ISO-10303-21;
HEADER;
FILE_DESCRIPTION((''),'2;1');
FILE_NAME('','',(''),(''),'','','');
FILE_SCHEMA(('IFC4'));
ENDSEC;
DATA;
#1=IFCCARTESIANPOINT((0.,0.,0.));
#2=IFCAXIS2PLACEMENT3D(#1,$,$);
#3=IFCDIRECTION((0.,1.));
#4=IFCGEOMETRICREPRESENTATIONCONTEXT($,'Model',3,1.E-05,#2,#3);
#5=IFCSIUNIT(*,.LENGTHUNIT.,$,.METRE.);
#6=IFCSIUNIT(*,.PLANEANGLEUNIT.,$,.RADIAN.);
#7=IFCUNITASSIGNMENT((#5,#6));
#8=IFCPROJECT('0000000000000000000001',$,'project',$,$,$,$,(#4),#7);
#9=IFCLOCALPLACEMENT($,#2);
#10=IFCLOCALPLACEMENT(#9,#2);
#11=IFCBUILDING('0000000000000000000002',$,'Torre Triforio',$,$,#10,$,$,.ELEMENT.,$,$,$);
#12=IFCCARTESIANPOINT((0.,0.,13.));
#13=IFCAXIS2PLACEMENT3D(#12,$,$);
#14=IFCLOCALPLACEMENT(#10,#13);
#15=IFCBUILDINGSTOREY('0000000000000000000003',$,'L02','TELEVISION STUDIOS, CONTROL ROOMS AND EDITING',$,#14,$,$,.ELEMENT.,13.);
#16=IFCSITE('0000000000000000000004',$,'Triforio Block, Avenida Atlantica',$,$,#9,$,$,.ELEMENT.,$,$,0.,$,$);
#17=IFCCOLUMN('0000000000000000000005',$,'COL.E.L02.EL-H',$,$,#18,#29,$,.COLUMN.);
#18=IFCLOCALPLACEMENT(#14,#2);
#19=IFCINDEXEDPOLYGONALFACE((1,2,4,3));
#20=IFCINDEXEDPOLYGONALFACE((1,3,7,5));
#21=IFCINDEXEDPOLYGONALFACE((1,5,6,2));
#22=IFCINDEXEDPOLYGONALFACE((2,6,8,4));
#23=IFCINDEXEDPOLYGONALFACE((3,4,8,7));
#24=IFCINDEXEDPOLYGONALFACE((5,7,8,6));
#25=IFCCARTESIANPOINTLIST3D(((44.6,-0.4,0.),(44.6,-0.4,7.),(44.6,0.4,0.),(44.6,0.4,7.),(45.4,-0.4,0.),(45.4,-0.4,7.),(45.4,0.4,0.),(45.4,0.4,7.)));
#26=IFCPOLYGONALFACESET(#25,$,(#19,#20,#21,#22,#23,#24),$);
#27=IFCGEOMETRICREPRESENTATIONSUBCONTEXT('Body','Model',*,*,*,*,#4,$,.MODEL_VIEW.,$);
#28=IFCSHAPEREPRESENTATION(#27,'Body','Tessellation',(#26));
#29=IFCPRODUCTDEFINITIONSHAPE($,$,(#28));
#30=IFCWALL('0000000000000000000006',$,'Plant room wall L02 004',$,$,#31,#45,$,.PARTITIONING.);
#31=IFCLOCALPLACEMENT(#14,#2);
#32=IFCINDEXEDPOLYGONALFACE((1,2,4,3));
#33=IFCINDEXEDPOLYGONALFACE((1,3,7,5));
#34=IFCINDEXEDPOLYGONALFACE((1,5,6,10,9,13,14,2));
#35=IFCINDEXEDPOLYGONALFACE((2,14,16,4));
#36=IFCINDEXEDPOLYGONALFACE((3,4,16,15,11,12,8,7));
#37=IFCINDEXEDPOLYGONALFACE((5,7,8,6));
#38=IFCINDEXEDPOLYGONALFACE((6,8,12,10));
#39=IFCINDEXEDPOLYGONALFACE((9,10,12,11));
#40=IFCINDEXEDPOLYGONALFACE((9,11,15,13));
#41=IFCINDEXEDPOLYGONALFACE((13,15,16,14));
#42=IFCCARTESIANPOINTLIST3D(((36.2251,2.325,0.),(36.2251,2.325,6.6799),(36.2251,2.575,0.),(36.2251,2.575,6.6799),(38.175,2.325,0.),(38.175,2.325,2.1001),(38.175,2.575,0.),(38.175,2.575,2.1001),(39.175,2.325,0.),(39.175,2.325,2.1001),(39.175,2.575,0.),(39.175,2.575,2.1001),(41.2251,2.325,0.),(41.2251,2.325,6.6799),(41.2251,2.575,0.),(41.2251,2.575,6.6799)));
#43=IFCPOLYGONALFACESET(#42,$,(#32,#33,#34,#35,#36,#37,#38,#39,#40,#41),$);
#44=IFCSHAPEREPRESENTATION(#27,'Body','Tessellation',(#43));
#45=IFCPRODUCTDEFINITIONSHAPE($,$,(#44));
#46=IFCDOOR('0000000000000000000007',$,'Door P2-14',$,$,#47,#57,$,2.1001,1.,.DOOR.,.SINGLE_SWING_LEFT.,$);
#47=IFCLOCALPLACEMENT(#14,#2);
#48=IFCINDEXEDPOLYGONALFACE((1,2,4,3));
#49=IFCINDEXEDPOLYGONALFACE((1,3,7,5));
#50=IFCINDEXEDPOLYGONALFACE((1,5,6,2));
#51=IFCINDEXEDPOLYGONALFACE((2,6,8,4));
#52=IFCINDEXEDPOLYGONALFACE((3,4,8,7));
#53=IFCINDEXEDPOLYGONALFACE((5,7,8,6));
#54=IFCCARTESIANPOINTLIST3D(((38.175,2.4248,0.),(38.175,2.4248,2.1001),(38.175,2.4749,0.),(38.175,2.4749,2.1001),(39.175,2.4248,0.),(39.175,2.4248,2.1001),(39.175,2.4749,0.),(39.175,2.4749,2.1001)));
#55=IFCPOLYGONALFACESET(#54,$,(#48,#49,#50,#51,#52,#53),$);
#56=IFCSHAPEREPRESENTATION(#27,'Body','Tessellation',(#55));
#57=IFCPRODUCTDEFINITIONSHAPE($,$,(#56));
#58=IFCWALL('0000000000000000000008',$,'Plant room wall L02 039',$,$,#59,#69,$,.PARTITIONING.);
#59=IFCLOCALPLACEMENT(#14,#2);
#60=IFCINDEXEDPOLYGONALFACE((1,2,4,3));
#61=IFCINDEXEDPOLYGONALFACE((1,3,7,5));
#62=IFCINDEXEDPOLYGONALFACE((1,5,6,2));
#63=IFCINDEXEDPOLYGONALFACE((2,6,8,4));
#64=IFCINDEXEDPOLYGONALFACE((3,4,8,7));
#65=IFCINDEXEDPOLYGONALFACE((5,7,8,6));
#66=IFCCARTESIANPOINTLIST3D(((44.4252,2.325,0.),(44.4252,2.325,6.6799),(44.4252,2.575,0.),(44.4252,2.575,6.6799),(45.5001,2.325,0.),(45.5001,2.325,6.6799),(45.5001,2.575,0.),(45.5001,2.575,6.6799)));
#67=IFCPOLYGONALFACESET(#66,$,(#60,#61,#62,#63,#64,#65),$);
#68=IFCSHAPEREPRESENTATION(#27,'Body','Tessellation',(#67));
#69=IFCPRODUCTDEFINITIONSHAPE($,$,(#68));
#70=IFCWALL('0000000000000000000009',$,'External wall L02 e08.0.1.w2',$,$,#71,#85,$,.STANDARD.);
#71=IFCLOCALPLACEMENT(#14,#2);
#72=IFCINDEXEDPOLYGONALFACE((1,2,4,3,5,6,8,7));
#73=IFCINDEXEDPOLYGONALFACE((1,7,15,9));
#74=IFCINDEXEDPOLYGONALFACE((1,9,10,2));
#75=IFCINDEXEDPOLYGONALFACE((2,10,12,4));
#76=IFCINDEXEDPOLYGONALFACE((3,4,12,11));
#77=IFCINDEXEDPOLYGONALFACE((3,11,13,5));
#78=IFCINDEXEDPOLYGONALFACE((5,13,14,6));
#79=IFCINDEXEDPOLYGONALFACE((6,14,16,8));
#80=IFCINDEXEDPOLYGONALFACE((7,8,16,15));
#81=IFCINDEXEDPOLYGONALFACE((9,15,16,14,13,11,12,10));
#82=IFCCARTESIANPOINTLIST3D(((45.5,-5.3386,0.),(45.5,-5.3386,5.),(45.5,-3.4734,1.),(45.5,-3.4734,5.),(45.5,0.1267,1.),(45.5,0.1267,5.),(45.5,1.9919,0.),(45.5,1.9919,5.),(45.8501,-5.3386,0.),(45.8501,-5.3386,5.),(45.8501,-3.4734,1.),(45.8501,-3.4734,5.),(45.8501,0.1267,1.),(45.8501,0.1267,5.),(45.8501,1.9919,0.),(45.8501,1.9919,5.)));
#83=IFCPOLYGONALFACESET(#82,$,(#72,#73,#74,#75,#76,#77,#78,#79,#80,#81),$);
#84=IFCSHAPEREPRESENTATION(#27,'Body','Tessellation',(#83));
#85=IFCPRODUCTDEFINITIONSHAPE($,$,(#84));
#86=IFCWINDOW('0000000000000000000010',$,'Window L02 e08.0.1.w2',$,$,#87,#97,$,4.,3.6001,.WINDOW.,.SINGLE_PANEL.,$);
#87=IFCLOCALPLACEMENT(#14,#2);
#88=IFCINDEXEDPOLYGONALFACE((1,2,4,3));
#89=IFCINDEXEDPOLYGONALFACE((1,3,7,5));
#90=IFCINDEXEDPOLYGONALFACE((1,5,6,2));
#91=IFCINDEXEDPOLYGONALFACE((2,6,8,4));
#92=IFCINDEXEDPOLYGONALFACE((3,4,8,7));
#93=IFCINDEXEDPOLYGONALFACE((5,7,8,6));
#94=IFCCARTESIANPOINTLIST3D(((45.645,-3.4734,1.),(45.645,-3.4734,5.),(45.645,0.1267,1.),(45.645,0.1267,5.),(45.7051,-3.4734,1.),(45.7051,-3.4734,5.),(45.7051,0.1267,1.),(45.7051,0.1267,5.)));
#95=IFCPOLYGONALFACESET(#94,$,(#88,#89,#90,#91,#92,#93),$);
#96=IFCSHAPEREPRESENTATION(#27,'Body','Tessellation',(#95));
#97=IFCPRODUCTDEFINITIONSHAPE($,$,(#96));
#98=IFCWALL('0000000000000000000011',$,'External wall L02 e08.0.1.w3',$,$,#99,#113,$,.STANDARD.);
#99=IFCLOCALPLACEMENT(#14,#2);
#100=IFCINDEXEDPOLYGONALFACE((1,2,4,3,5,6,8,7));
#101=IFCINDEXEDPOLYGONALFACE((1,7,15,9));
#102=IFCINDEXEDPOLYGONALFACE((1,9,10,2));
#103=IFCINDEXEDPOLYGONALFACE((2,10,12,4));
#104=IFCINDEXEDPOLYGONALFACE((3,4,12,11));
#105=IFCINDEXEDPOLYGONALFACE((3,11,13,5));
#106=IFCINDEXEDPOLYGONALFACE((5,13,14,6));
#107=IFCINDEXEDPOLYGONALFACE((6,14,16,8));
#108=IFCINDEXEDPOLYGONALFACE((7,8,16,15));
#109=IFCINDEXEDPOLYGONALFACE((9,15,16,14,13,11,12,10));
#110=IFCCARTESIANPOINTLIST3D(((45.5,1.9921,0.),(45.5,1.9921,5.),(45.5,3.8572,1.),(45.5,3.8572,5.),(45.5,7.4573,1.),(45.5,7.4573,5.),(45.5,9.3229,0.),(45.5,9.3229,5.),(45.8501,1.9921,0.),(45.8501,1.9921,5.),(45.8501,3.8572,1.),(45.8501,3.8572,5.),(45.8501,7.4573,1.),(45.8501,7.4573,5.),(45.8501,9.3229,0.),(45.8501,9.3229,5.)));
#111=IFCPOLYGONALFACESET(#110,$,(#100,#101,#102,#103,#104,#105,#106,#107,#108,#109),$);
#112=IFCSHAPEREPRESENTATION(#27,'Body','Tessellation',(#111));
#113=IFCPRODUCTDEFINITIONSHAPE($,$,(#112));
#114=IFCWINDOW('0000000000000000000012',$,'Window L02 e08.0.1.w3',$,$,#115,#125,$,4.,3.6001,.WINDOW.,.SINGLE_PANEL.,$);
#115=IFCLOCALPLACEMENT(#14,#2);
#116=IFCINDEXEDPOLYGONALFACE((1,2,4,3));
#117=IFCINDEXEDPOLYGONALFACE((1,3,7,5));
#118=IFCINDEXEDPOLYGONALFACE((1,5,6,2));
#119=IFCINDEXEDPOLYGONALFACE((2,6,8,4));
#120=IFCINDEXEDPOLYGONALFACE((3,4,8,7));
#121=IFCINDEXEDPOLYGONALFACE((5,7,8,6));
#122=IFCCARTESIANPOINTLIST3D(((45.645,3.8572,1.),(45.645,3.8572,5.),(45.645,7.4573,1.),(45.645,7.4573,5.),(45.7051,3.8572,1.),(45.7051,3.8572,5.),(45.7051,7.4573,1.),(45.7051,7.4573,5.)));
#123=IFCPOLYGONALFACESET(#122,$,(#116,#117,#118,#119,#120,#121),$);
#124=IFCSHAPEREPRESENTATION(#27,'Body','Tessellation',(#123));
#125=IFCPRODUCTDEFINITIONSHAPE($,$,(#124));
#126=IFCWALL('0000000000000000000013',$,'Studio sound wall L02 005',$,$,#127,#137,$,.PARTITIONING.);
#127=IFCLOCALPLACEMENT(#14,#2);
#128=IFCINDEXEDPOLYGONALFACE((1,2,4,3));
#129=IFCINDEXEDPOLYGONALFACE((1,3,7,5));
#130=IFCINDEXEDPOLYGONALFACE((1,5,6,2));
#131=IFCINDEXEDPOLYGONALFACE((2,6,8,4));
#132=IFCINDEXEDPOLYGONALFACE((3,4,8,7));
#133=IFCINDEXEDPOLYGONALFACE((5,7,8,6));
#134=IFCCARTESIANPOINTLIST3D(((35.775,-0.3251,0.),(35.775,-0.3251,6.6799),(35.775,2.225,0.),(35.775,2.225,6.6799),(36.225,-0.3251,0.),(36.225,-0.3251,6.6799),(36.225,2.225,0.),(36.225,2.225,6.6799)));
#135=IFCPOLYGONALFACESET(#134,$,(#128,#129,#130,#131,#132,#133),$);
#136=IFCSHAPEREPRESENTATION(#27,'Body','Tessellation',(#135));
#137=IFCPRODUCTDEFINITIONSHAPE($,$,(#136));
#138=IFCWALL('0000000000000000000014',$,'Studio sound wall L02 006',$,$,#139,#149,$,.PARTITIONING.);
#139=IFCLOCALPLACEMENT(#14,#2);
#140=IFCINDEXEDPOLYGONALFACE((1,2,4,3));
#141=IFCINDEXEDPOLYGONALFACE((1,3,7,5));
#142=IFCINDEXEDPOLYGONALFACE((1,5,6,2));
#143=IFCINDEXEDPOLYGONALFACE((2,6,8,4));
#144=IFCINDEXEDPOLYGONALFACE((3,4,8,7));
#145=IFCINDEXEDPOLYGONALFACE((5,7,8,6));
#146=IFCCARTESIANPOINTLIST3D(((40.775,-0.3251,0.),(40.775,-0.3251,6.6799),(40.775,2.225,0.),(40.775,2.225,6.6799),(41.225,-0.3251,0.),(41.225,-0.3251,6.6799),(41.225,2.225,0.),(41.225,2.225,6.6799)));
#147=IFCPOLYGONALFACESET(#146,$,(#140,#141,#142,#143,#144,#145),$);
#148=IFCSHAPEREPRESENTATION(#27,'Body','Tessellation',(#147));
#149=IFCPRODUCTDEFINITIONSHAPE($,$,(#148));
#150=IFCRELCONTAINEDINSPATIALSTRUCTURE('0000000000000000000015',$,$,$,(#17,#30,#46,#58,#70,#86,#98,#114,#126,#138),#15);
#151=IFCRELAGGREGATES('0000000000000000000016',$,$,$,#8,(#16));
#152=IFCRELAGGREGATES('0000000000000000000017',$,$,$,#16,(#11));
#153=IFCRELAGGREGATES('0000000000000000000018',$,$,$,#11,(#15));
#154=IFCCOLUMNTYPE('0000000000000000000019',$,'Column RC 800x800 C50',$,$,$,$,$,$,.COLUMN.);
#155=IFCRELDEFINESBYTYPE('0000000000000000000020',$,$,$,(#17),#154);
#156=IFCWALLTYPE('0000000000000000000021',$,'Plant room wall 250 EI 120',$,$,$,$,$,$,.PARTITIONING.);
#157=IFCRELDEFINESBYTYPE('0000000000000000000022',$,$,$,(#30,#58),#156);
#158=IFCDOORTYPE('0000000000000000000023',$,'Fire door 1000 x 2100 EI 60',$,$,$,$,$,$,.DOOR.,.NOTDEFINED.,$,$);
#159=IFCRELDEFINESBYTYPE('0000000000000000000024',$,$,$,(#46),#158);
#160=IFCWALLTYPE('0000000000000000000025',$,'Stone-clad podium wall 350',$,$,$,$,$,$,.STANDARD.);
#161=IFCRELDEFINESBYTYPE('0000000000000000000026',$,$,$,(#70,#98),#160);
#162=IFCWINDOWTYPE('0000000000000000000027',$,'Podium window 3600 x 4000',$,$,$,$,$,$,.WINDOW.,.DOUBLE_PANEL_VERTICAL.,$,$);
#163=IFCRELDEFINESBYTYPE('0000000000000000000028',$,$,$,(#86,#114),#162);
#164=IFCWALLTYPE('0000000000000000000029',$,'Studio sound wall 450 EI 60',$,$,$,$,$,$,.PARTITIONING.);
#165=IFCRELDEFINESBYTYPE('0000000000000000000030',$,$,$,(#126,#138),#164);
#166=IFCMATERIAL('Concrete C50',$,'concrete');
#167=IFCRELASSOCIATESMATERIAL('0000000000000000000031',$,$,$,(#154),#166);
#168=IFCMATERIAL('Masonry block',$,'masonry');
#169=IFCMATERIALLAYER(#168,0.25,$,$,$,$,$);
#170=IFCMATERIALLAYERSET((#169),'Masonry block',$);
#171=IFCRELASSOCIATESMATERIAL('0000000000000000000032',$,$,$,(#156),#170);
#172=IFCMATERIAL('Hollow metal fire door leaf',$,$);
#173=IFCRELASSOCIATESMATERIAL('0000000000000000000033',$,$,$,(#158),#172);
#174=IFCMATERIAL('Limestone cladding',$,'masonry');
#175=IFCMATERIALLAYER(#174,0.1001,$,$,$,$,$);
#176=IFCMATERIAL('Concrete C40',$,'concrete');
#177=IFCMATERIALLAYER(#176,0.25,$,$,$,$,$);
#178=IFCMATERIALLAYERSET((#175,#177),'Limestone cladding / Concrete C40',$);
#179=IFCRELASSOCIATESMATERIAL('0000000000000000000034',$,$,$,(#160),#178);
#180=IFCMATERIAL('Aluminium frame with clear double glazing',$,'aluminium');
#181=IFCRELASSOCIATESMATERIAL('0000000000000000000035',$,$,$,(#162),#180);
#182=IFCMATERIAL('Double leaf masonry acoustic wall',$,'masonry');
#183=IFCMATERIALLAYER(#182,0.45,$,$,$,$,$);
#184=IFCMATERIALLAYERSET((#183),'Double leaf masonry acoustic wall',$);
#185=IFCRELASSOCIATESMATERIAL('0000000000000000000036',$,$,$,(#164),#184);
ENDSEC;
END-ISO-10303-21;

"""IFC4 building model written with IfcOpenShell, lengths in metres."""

from ifc_helpers import new_model, si_unit, direction, frame, frame_2d, origin, origin_2d, place, context, subcontext, project, spatial, rectangle, extrude, material, layer, layer_set, material_profile, profile_set, type_object, element, fill, save


model = new_model("IFC4")

# Units and contexts
model_context = context("Model", 3, precision=1e-05, world=origin(), true_north=direction((0.0, 1.0)))
body_context = subcontext(model_context, "Body", "Model", "MODEL_VIEW")
ifc_project = project(units=[si_unit("LENGTHUNIT", "METRE"), si_unit("PLANEANGLEUNIT", "RADIAN")], contexts=[model_context])

# Site, building, storey
site_placement = place(None, origin())
site = spatial("IfcSite", under=ifc_project, at=site_placement, Name="Triforio Block, Avenida Atlantica", CompositionType="ELEMENT", RefElevation=0.0)
building_placement = place(site_placement, origin())
building = spatial("IfcBuilding", under=site, at=building_placement, Name="Torre Triforio", CompositionType="ELEMENT")
storey_placement = place(building_placement, frame((0.0, 0.0, 13.0)))
storey = spatial("IfcBuildingStorey", under=building, at=storey_placement, Name="L02", Description="TELEVISION STUDIOS, CONTROL ROOMS AND EDITING", CompositionType="ELEMENT", Elevation=13.0)

# Column
ifc_material_1 = material(Name="Concrete C50", Category="concrete")
ifc_material_profile = material_profile(ifc_material_1, rectangle(XDim=0.8, YDim=0.8, at=origin_2d()), Name="RC 800x800")
ifc_profile_set = profile_set([ifc_material_profile], Name="Concrete C50")
column_type = type_object("IfcColumnType", Name="Column RC 800x800 C50", PredefinedType="COLUMN", material=ifc_profile_set)
column_placement = place(storey_placement, frame((45.0, 0.0, 0.0), z_axis=(0.0, 0.0, 1.0), x_axis=(1.0, 0.0, 0.0)))
element("IfcColumn", 1, at=column_placement, inside=storey, type_object=column_type, Name="COL.E.L02.EL-H", PredefinedType="COLUMN", context=body_context, shape_type="SweptSolid", body=[
    extrude(rectangle(XDim=0.8, YDim=0.8, at=origin_2d()), origin(), (0.0, 0.0, 1.0), 7.0),
])

# Wall, opening, door
ifc_material_2 = material(Name="Masonry block", Category="masonry")
ifc_layer_1 = layer(ifc_material_2, 0.25)
ifc_layer_set_1 = layer_set([ifc_layer_1], Name="Masonry block")
wall_type_1 = type_object("IfcWallType", Name="Plant room wall 250 EI 120", PredefinedType="PARTITIONING", material=ifc_layer_set_1)
wall_1_placement = place(storey_placement, frame((36.2251, 2.45, 0.0), z_axis=(0.0, 0.0, 1.0), x_axis=(1.0, 0.0, 0.0)))
wall_1 = element("IfcWall", 2, at=wall_1_placement, inside=storey, type_object=wall_type_1, Name="Plant room wall L02 004", PredefinedType="PARTITIONING", context=body_context, shape_type="SweptSolid", body=[
    extrude(rectangle(XDim=5.0, YDim=0.25, at=frame_2d((2.5, 0.0))), origin(), (0.0, 0.0, 1.0), 6.6799),
])
opening_1_placement = place(wall_1_placement, frame((1.95, 0.0, 0.0)))
opening_1 = element("IfcOpeningElement", 3, at=opening_1_placement, cuts=wall_1, PredefinedType="OPENING", context=body_context, shape_type="SweptSolid", body=[
    extrude(rectangle(XDim=1.0, YDim=2.1001, at=frame_2d((0.5, 1.05))), frame((0.0, 0.135, 0.0), z_axis=(0.0, -1.0, 0.0), x_axis=(1.0, 0.0, 0.0)), (0.0, 0.0, 1.0), 0.27),
])
ifc_material_3 = material(Name="Hollow metal fire door leaf")
door_type_1 = type_object("IfcDoorType", Name="Fire door 1000 x 2100 EI 60", OperationType="NOTDEFINED", PredefinedType="DOOR", material=ifc_material_3)
door_1_placement = place(opening_1_placement, origin())
door_1 = element("IfcDoor", 4, at=door_1_placement, inside=storey, type_object=door_type_1, Name="Door P2-14", OperationType="SINGLE_SWING_LEFT", OverallHeight=2.1001, OverallWidth=1.0, PredefinedType="DOOR", context=body_context, shape_type="SweptSolid", body=[
    extrude(rectangle(XDim=1.0, YDim=2.1001, at=frame_2d((0.5, 1.05))), frame((0.0, 0.0249, 0.0), z_axis=(0.0, -1.0, 0.0), x_axis=(1.0, 0.0, 0.0)), (0.0, 0.0, 1.0), 0.05),
])
fill(opening_1, door_1)

# Wall
wall_2_placement = place(storey_placement, frame((44.425, 2.45, 0.0), z_axis=(0.0, 0.0, 1.0), x_axis=(1.0, 0.0, 0.0)))
element("IfcWall", 5, at=wall_2_placement, inside=storey, type_object=wall_type_1, Name="Plant room wall L02 039", PredefinedType="PARTITIONING", context=body_context, shape_type="SweptSolid", body=[
    extrude(rectangle(XDim=1.075, YDim=0.25, at=frame_2d((0.5376, 0.0))), origin(), (0.0, 0.0, 1.0), 6.6799),
])

# Walls, openings, windows
ifc_material_4 = material(Name="Limestone cladding", Category="masonry")
ifc_layer_2 = layer(ifc_material_4, 0.1001)
ifc_material_5 = material(Name="Concrete C40", Category="concrete")
ifc_layer_3 = layer(ifc_material_5, 0.25)
ifc_layer_set_2 = layer_set([ifc_layer_2, ifc_layer_3], Name="Limestone cladding / Concrete C40")
wall_type_2 = type_object("IfcWallType", Name="Stone-clad podium wall 350", PredefinedType="STANDARD", material=ifc_layer_set_2)
wall_3_placement = place(storey_placement, frame((45.675, -5.3386, 0.0), z_axis=(0.0, 0.0, 1.0), x_axis=(0.0, 1.0, 0.0)))
wall_3 = element("IfcWall", 6, at=wall_3_placement, inside=storey, type_object=wall_type_2, Name="External wall L02 e08.0.1.w2", PredefinedType="STANDARD", context=body_context, shape_type="SweptSolid", body=[
    extrude(rectangle(XDim=7.3306, YDim=0.3501, at=frame_2d((3.6653, 0.0))), origin(), (0.0, 0.0, 1.0), 5.0),
])
opening_2_placement = place(wall_3_placement, frame((1.8652, 0.0, 1.0)))
opening_2 = element("IfcOpeningElement", 7, at=opening_2_placement, cuts=wall_3, PredefinedType="OPENING", context=body_context, shape_type="SweptSolid", body=[
    extrude(rectangle(XDim=3.6001, YDim=4.0, at=frame_2d((1.8, 2.0))), frame((0.0, 0.1851, 0.0), z_axis=(0.0, -1.0, 0.0), x_axis=(1.0, 0.0, 0.0)), (0.0, 0.0, 1.0), 0.3701),
])
ifc_material_6 = material(Name="Aluminium frame with clear double glazing", Category="aluminium")
window_type = type_object("IfcWindowType", Name="Podium window 3600 x 4000", PartitioningType="DOUBLE_PANEL_VERTICAL", PredefinedType="WINDOW", material=ifc_material_6)
window_1_placement = place(opening_2_placement, origin())
window_1 = element("IfcWindow", 8, at=window_1_placement, inside=storey, type_object=window_type, Name="Window L02 e08.0.1.w2", OverallHeight=4.0, OverallWidth=3.6001, PartitioningType="SINGLE_PANEL", PredefinedType="WINDOW", context=body_context, shape_type="SweptSolid", body=[
    extrude(rectangle(XDim=3.6001, YDim=4.0, at=frame_2d((1.8, 2.0))), frame((0.0, 0.03, 0.0), z_axis=(0.0, -1.0, 0.0), x_axis=(1.0, 0.0, 0.0)), (0.0, 0.0, 1.0), 0.0601),
])
fill(opening_2, window_1)
wall_4_placement = place(storey_placement, frame((45.675, 1.9919, 0.0), z_axis=(0.0, 0.0, 1.0), x_axis=(0.0, 1.0, 0.0)))
wall_4 = element("IfcWall", 9, at=wall_4_placement, inside=storey, type_object=wall_type_2, Name="External wall L02 e08.0.1.w3", PredefinedType="STANDARD", context=body_context, shape_type="SweptSolid", body=[
    extrude(rectangle(XDim=7.3308, YDim=0.3501, at=frame_2d((3.6655, 0.0))), origin(), (0.0, 0.0, 1.0), 5.0),
])
opening_3_placement = place(wall_4_placement, frame((1.8652, 0.0, 1.0)))
opening_3 = element("IfcOpeningElement", 10, at=opening_3_placement, cuts=wall_4, PredefinedType="OPENING", context=body_context, shape_type="SweptSolid", body=[
    extrude(rectangle(XDim=3.6001, YDim=4.0, at=frame_2d((1.8, 2.0))), frame((0.0, 0.1851, 0.0), z_axis=(0.0, -1.0, 0.0), x_axis=(1.0, 0.0, 0.0)), (0.0, 0.0, 1.0), 0.3701),
])
window_2_placement = place(opening_3_placement, origin())
window_2 = element("IfcWindow", 11, at=window_2_placement, inside=storey, type_object=window_type, Name="Window L02 e08.0.1.w3", OverallHeight=4.0, OverallWidth=3.6001, PartitioningType="SINGLE_PANEL", PredefinedType="WINDOW", context=body_context, shape_type="SweptSolid", body=[
    extrude(rectangle(XDim=3.6001, YDim=4.0, at=frame_2d((1.8, 2.0))), frame((0.0, 0.03, 0.0), z_axis=(0.0, -1.0, 0.0), x_axis=(1.0, 0.0, 0.0)), (0.0, 0.0, 1.0), 0.0601),
])
fill(opening_3, window_2)

# Walls
ifc_material_7 = material(Name="Double leaf masonry acoustic wall", Category="masonry")
ifc_layer_4 = layer(ifc_material_7, 0.45)
ifc_layer_set_3 = layer_set([ifc_layer_4], Name="Double leaf masonry acoustic wall")
wall_type_3 = type_object("IfcWallType", Name="Studio sound wall 450 EI 60", PredefinedType="PARTITIONING", material=ifc_layer_set_3)
for number, where, z_axis, x_axis, name in (
    (12, (36.0, -0.325, 0.0), (0.0, 0.0, 1.0), (0.0, 1.0, 0.0), "Studio sound wall L02 005"),
    (13, (41.0, -0.325, 0.0), (0.0, 0.0, 1.0), (0.0, 1.0, 0.0), "Studio sound wall L02 006"),
):
    element("IfcWall", number, at=place(storey_placement, frame(where, z_axis=z_axis, x_axis=x_axis)), inside=storey, type_object=wall_type_3, Name=name, PredefinedType="PARTITIONING", context=body_context, shape_type="SweptSolid", body=[
        extrude(rectangle(XDim=2.55, YDim=0.45, at=frame_2d((1.2749, 0.0))), origin(), (0.0, 0.0, 1.0), 6.6799),
    ])

save(model, "model.ifc")
